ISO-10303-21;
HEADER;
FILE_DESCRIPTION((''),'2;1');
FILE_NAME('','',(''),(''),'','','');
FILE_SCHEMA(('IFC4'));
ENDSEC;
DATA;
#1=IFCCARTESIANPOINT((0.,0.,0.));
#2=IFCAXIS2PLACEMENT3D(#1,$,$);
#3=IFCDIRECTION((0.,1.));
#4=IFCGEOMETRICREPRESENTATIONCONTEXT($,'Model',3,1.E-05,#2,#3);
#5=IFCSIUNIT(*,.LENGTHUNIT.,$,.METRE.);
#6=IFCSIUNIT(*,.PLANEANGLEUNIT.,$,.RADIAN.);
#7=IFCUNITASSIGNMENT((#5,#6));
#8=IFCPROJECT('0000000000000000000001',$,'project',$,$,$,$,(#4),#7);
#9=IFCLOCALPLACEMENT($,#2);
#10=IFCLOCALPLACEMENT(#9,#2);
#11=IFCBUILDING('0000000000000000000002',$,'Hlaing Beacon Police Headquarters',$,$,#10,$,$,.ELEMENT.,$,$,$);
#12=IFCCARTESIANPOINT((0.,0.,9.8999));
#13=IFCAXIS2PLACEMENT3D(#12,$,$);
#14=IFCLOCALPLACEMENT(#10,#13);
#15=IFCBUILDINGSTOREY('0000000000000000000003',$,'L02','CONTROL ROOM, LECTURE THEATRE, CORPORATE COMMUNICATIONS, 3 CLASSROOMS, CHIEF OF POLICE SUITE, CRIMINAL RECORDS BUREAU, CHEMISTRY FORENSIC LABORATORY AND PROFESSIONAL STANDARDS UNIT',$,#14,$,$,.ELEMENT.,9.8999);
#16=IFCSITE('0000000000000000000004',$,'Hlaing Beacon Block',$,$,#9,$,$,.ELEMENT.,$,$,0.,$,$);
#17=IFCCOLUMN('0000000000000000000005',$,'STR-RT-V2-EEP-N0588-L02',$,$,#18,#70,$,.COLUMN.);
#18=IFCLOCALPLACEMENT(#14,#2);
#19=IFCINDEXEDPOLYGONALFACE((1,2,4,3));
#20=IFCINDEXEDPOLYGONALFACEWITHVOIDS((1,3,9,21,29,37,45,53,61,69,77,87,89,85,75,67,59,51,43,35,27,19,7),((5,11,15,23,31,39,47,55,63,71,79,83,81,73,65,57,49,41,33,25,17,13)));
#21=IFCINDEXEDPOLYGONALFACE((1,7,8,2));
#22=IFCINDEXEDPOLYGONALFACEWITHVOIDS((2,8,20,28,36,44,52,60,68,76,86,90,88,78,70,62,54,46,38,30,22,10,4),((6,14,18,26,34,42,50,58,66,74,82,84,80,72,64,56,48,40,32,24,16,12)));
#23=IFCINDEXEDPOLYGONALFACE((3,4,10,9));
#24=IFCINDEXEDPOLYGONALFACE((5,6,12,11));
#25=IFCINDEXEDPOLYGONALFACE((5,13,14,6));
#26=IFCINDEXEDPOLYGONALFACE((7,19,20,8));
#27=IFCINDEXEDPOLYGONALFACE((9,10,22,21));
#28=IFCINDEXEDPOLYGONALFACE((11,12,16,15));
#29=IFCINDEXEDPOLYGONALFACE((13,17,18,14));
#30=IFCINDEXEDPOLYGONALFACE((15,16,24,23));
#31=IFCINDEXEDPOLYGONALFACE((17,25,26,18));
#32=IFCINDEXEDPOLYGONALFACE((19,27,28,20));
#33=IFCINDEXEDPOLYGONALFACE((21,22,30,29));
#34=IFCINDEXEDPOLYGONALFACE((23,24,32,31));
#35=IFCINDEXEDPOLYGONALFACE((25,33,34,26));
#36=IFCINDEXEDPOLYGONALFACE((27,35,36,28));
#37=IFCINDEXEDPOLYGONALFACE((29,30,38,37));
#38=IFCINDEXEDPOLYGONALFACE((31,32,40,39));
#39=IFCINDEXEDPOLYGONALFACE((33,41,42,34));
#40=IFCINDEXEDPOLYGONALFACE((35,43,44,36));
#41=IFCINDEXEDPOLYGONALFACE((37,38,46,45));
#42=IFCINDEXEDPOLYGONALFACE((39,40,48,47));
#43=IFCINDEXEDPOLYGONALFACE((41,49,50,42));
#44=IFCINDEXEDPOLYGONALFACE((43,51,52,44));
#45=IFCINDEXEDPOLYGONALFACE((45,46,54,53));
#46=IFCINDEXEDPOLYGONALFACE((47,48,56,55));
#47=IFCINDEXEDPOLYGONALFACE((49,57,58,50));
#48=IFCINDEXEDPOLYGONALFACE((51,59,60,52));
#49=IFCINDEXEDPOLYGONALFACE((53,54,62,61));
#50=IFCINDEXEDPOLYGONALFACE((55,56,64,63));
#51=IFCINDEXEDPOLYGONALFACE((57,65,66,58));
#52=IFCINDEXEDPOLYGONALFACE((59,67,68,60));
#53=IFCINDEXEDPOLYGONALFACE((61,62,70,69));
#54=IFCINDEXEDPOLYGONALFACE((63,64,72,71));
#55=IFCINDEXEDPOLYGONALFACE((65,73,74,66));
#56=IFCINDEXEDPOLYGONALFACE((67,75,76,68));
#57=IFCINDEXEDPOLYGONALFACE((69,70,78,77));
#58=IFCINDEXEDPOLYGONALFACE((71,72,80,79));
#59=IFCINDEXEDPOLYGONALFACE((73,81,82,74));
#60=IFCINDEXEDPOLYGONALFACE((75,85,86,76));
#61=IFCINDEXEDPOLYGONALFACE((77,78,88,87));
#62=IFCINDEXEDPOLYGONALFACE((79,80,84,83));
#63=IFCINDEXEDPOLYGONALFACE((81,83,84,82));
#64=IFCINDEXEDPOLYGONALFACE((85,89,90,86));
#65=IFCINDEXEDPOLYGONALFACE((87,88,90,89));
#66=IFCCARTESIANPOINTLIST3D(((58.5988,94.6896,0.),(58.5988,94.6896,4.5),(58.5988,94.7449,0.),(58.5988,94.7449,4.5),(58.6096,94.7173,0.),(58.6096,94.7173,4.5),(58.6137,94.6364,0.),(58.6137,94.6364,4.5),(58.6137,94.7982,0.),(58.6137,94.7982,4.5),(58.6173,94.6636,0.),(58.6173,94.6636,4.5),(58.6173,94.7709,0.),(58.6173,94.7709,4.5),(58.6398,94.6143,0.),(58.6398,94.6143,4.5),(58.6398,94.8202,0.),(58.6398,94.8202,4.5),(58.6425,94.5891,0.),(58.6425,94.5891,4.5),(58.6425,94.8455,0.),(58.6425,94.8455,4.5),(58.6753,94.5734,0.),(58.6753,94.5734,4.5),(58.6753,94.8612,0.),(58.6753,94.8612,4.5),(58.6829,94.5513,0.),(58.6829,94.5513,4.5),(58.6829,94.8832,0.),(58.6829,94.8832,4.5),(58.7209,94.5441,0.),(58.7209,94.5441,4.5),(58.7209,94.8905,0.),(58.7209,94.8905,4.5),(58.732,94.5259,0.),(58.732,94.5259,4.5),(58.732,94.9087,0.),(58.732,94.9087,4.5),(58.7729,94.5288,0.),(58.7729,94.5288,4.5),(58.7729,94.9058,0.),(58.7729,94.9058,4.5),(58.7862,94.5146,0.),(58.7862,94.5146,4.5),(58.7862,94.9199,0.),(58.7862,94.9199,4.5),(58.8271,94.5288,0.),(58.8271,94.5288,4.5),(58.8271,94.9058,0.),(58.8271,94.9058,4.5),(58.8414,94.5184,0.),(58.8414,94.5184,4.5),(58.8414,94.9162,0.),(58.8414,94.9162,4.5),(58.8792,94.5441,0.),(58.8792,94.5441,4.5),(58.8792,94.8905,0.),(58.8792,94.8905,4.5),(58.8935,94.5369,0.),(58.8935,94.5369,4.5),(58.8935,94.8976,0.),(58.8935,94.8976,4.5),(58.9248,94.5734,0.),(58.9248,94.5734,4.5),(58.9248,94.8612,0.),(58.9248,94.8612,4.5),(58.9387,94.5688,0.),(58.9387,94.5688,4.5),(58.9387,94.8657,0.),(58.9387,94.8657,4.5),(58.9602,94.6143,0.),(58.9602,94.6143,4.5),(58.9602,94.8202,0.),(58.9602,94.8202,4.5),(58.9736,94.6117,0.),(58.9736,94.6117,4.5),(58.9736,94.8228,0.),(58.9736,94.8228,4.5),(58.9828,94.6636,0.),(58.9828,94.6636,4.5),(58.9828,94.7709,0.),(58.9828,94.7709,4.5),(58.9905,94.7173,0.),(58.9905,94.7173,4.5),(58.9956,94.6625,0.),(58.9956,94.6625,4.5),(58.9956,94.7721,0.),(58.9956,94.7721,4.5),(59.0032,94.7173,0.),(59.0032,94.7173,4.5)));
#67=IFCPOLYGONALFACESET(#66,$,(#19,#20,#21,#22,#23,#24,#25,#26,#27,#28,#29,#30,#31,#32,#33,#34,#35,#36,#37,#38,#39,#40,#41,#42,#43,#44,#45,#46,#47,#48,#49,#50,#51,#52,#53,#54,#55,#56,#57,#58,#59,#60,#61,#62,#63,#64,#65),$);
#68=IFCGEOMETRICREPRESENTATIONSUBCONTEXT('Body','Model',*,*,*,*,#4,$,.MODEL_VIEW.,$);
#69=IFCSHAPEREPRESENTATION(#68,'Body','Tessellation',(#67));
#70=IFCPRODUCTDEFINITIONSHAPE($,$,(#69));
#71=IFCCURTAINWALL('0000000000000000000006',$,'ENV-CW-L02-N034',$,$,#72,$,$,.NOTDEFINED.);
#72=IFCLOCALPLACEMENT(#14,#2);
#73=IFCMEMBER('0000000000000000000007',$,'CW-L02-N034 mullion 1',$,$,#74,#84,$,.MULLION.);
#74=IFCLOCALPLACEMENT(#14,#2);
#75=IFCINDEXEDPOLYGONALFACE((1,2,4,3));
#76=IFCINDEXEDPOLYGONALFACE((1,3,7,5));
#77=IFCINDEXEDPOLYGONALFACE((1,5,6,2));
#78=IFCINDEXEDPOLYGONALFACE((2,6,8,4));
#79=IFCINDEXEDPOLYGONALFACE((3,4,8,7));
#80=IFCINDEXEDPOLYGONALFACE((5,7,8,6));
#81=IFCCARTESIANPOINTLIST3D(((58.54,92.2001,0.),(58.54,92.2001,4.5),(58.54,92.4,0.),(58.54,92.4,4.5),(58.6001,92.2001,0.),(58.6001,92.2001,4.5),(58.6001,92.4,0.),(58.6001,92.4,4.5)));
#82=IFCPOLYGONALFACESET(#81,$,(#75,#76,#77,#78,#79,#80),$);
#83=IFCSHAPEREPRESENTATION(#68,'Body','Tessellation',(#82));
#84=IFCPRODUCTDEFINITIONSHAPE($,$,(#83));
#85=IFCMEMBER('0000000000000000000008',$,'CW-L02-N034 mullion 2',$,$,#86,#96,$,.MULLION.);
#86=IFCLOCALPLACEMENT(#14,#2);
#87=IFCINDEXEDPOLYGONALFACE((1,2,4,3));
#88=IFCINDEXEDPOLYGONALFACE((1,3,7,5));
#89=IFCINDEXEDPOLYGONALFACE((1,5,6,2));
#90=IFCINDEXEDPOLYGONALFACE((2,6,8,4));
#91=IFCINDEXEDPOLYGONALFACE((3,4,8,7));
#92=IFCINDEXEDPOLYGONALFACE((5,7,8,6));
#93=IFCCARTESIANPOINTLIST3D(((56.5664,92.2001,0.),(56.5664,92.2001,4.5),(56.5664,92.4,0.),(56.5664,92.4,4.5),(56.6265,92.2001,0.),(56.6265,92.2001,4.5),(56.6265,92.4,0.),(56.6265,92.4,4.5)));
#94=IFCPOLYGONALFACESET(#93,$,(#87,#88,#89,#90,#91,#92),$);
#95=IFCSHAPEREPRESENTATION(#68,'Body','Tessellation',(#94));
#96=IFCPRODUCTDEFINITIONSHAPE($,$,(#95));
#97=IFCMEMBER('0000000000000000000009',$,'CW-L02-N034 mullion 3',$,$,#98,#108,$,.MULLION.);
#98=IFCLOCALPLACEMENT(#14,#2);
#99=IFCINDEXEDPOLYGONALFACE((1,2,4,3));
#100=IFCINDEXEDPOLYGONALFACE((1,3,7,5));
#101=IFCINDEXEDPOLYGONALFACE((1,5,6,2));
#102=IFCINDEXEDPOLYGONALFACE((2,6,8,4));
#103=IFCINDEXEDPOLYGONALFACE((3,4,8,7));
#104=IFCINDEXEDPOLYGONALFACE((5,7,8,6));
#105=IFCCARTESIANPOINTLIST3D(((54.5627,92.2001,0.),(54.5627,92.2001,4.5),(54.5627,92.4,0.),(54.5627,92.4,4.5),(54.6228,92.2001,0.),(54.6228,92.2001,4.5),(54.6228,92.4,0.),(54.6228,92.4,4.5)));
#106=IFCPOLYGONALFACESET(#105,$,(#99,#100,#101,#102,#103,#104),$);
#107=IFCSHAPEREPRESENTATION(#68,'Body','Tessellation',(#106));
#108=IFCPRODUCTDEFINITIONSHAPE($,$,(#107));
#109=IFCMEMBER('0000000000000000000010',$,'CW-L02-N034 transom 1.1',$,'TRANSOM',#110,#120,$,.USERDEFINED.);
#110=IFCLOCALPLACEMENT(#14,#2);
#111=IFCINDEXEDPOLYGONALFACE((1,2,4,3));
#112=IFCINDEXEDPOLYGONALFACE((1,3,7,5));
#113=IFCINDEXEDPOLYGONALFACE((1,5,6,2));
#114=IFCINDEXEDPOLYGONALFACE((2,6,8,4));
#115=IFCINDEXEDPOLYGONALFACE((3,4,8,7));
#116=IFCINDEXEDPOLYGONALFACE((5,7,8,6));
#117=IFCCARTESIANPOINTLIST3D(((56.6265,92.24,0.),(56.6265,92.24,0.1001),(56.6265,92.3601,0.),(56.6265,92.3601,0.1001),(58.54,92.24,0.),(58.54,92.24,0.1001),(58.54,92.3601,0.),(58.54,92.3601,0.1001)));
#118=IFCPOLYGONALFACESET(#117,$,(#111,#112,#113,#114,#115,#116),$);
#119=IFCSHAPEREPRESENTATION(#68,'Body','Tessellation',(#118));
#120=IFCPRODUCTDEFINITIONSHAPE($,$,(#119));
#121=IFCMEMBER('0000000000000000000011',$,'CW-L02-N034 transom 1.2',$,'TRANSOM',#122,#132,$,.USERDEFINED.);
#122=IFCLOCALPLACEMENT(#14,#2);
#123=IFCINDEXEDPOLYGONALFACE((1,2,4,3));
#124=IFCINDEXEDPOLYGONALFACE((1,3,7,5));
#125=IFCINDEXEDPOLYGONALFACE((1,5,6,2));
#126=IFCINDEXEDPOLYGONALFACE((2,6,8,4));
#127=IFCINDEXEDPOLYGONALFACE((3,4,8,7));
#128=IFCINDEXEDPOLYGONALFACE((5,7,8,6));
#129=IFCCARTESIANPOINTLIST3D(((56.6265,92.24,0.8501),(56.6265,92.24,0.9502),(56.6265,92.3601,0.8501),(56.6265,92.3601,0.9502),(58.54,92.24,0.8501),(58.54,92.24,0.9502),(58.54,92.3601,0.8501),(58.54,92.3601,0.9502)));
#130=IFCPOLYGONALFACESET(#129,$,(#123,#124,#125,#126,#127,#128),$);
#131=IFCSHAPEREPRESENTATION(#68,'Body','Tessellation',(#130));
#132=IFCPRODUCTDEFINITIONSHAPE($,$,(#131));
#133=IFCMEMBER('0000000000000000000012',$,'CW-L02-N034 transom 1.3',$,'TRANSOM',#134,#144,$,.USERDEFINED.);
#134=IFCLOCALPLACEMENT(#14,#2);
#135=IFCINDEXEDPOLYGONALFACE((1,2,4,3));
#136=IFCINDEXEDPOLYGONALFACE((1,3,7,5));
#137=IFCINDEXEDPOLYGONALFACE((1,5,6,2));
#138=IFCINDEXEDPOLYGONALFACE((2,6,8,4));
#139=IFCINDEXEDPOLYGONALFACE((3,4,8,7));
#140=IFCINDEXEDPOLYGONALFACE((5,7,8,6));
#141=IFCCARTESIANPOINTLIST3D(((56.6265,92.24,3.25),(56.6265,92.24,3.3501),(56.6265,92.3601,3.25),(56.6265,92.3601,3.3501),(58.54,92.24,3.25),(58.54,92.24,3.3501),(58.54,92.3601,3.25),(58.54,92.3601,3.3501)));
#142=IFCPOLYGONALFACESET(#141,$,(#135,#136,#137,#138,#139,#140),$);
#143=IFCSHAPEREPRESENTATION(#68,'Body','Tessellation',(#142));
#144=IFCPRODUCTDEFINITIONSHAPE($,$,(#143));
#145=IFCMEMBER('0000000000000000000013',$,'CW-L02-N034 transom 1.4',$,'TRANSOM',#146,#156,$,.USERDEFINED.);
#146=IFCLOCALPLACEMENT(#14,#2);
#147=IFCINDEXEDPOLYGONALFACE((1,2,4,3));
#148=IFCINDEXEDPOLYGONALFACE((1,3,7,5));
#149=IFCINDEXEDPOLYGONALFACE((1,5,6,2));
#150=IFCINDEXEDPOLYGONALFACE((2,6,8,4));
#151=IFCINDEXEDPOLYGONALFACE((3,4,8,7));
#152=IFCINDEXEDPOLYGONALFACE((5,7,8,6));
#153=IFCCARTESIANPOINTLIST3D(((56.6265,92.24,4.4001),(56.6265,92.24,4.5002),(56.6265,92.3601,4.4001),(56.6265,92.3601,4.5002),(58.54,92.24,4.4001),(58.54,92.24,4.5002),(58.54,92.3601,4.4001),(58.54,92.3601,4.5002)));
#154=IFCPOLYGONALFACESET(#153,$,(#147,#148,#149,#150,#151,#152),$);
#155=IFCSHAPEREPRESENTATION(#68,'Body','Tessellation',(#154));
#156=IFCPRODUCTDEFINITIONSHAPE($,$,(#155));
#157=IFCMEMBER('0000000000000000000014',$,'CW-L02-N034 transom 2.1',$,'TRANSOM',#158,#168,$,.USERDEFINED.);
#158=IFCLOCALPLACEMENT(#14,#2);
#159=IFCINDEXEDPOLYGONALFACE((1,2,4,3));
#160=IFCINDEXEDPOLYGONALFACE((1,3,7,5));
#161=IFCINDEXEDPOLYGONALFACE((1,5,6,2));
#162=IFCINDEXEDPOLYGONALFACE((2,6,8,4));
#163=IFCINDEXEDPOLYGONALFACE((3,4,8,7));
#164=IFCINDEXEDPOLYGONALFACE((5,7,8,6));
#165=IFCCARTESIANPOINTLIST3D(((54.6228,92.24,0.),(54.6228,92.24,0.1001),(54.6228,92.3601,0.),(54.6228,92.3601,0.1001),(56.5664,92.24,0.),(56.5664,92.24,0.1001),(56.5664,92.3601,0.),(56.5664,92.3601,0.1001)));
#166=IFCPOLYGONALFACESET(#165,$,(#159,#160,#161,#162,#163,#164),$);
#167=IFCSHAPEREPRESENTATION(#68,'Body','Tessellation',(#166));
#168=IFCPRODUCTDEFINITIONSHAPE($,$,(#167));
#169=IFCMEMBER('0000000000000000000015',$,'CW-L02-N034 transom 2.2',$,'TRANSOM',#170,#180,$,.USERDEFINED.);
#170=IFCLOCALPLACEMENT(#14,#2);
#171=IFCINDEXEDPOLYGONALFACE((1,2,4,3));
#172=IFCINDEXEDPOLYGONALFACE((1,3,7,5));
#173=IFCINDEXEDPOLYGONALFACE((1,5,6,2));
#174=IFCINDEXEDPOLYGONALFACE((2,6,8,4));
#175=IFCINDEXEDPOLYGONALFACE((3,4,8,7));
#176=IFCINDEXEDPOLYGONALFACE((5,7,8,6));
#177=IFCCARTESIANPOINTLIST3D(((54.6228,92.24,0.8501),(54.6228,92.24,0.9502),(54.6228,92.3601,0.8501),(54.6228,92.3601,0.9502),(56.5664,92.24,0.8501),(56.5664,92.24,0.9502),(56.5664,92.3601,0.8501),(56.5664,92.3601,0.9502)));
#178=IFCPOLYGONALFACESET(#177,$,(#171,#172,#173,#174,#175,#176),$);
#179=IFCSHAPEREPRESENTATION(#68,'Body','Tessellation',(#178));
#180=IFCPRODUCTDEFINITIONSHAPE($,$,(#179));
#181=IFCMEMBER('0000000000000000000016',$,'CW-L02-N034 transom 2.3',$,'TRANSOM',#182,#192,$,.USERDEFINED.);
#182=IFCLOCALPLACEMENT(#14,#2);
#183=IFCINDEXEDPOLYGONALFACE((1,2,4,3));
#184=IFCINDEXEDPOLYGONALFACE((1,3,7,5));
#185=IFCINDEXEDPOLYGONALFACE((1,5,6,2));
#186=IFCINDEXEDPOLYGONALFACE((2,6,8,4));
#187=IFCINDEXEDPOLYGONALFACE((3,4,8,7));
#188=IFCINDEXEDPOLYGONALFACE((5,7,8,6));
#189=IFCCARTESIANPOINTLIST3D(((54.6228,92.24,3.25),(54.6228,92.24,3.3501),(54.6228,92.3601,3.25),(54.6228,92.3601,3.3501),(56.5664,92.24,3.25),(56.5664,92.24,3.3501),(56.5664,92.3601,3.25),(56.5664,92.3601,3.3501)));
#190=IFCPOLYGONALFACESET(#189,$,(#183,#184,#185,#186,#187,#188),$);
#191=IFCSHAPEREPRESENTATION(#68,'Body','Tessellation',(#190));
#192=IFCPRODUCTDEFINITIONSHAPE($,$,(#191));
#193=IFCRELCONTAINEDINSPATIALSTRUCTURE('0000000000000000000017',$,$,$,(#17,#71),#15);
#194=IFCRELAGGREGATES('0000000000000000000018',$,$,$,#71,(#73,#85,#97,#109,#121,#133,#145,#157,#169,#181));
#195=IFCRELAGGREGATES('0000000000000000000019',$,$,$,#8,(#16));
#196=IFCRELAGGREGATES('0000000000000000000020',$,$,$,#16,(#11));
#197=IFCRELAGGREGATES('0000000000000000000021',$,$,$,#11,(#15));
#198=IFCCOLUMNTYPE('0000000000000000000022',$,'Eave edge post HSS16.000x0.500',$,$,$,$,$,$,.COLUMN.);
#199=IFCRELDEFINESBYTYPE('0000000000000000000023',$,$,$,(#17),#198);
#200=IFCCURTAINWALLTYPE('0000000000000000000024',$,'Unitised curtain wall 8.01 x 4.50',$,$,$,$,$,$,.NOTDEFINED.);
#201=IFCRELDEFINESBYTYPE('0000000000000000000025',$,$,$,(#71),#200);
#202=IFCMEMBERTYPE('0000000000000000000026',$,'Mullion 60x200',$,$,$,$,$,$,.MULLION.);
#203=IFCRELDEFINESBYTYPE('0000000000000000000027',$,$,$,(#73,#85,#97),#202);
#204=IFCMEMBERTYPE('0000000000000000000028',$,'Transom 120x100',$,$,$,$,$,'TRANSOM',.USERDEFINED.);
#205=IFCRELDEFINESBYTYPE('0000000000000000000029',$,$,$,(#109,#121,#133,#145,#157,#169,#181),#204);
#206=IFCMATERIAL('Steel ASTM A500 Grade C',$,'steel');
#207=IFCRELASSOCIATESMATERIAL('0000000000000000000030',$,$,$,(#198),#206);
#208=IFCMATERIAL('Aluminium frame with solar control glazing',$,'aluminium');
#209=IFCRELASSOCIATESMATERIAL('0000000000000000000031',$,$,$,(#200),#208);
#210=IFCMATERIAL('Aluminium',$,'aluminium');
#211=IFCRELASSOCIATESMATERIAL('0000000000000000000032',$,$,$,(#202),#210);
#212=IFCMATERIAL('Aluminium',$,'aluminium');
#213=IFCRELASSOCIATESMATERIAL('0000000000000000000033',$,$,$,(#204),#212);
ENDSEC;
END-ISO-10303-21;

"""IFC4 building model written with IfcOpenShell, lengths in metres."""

from ifc_helpers import new_model, si_unit, direction, frame, origin, origin_2d, place, context, subcontext, project, spatial, rectangle, hollow_circle, extrude, material, material_profile, profile_set, type_object, element, aggregate, save


model = new_model("IFC4")

# Units and contexts
model_context = context("Model", 3, precision=1e-05, world=origin(), true_north=direction((0.0, 1.0)))
body_context = subcontext(model_context, "Body", "Model", "MODEL_VIEW")
ifc_project = project(units=[si_unit("LENGTHUNIT", "METRE"), si_unit("PLANEANGLEUNIT", "RADIAN")], contexts=[model_context])

# Site, building, storey
site_placement = place(None, origin())
site = spatial("IfcSite", under=ifc_project, at=site_placement, Name="Hlaing Beacon Block", CompositionType="ELEMENT", RefElevation=0.0)
building_placement = place(site_placement, origin())
building = spatial("IfcBuilding", under=site, at=building_placement, Name="Hlaing Beacon Police Headquarters", CompositionType="ELEMENT")
storey_placement = place(building_placement, frame((0.0, 0.0, 9.8999)))
storey = spatial("IfcBuildingStorey", under=building, at=storey_placement, Name="L02", Description="CONTROL ROOM, LECTURE THEATRE, CORPORATE COMMUNICATIONS, 3 CLASSROOMS, CHIEF OF POLICE SUITE, CRIMINAL RECORDS BUREAU, CHEMISTRY FORENSIC LABORATORY AND PROFESSIONAL STANDARDS UNIT", CompositionType="ELEMENT", Elevation=9.8999)

# Column
ifc_material_1 = material(Name="Steel ASTM A500 Grade C", Category="steel")
ifc_material_profile_1 = material_profile(ifc_material_1, hollow_circle(Radius=0.2031, WallThickness=0.0127, at=origin_2d()), Name="HSS16.000x0.500")
ifc_profile_set_1 = profile_set([ifc_material_profile_1], Name="Steel ASTM A500 Grade C")
column_type = type_object("IfcColumnType", Name="Eave edge post HSS16.000x0.500", PredefinedType="COLUMN", material=ifc_profile_set_1)
column_placement = place(storey_placement, frame((58.8, 94.7173, 0.0), z_axis=(0.0, 0.0, 1.0), x_axis=(1.0, 0.0, 0.0)))
element("IfcColumn", 1, at=column_placement, inside=storey, type_object=column_type, Name="STR-RT-V2-EEP-N0588-L02", PredefinedType="COLUMN", context=body_context, shape_type="SweptSolid", body=[
    extrude(hollow_circle(Radius=0.2031, WallThickness=0.0127, at=origin_2d()), origin(), (0.0, 0.0, 1.0), 4.5),
])

# Curtain wall, members
ifc_material_2 = material(Name="Aluminium frame with solar control glazing", Category="aluminium")
curtain_wall_type = type_object("IfcCurtainWallType", Name="Unitised curtain wall 8.01 x 4.50", PredefinedType="NOTDEFINED", material=ifc_material_2)
curtain_wall_placement = place(storey_placement, origin())
curtain_wall = element("IfcCurtainWall", 2, at=curtain_wall_placement, inside=storey, type_object=curtain_wall_type, Name="ENV-CW-L02-N034", PredefinedType="NOTDEFINED")
ifc_material_3 = material(Name="Aluminium", Category="aluminium")
ifc_material_profile_2 = material_profile(ifc_material_3, rectangle(XDim=0.2, YDim=0.0601, at=origin_2d()), Name="Mullion 60x200")
ifc_profile_set_2 = profile_set([ifc_material_profile_2], Name="Aluminium")
member_type_1 = type_object("IfcMemberType", Name="Mullion 60x200", PredefinedType="MULLION", material=ifc_profile_set_2)
member_1_placement = place(storey_placement, frame((58.5701, 92.3, 0.0), z_axis=(0.0, 0.0, 1.0), x_axis=(0.0, -1.0, 0.0)))
member_1 = element("IfcMember", 3, at=member_1_placement, type_object=member_type_1, Name="CW-L02-N034 mullion 1", PredefinedType="MULLION", context=body_context, shape_type="SweptSolid", body=[
    extrude(rectangle(XDim=0.2, YDim=0.0601, at=origin_2d()), origin(), (0.0, 0.0, 1.0), 4.5),
])
member_2_placement = place(storey_placement, frame((56.5964, 92.3, 0.0), z_axis=(0.0, 0.0, 1.0), x_axis=(0.0, -1.0, 0.0)))
member_2 = element("IfcMember", 4, at=member_2_placement, type_object=member_type_1, Name="CW-L02-N034 mullion 2", PredefinedType="MULLION", context=body_context, shape_type="SweptSolid", body=[
    extrude(rectangle(XDim=0.2, YDim=0.0601, at=origin_2d()), origin(), (0.0, 0.0, 1.0), 4.5),
])
member_3_placement = place(storey_placement, frame((54.5928, 92.3, 0.0), z_axis=(0.0, 0.0, 1.0), x_axis=(0.0, -1.0, 0.0)))
member_3 = element("IfcMember", 5, at=member_3_placement, type_object=member_type_1, Name="CW-L02-N034 mullion 3", PredefinedType="MULLION", context=body_context, shape_type="SweptSolid", body=[
    extrude(rectangle(XDim=0.2, YDim=0.0601, at=origin_2d()), origin(), (0.0, 0.0, 1.0), 4.5),
])
ifc_material_4 = material(Name="Aluminium", Category="aluminium")
ifc_material_profile_3 = material_profile(ifc_material_4, rectangle(XDim=0.1201, YDim=0.1001, at=origin_2d()), Name="Transom 120x100")
ifc_profile_set_3 = profile_set([ifc_material_profile_3], Name="Aluminium")
member_type_2 = type_object("IfcMemberType", Name="Transom 120x100", ElementType="TRANSOM", PredefinedType="USERDEFINED", material=ifc_profile_set_3)
member_4_placement = place(storey_placement, frame((58.54, 92.3, 0.05), z_axis=(-1.0, 0.0, 0.0), x_axis=(0.0, -1.0, 0.0)))
member_4 = element("IfcMember", 6, at=member_4_placement, type_object=member_type_2, Name="CW-L02-N034 transom 1.1", ObjectType="TRANSOM", PredefinedType="USERDEFINED", context=body_context, shape_type="SweptSolid", body=[
    extrude(rectangle(XDim=0.1201, YDim=0.1001, at=origin_2d()), origin(), (0.0, 0.0, 1.0), 1.9136),
])
member_5_placement = place(storey_placement, frame((58.54, 92.3, 0.9001), z_axis=(-1.0, 0.0, 0.0), x_axis=(0.0, -1.0, 0.0)))
member_5 = element("IfcMember", 7, at=member_5_placement, type_object=member_type_2, Name="CW-L02-N034 transom 1.2", ObjectType="TRANSOM", PredefinedType="USERDEFINED", context=body_context, shape_type="SweptSolid", body=[
    extrude(rectangle(XDim=0.1201, YDim=0.1001, at=origin_2d()), origin(), (0.0, 0.0, 1.0), 1.9136),
])
member_6_placement = place(storey_placement, frame((58.54, 92.3, 3.3), z_axis=(-1.0, 0.0, 0.0), x_axis=(0.0, -1.0, 0.0)))
member_6 = element("IfcMember", 8, at=member_6_placement, type_object=member_type_2, Name="CW-L02-N034 transom 1.3", ObjectType="TRANSOM", PredefinedType="USERDEFINED", context=body_context, shape_type="SweptSolid", body=[
    extrude(rectangle(XDim=0.1201, YDim=0.1001, at=origin_2d()), origin(), (0.0, 0.0, 1.0), 1.9136),
])
member_7_placement = place(storey_placement, frame((58.54, 92.3, 4.4502), z_axis=(-1.0, 0.0, 0.0), x_axis=(0.0, -1.0, 0.0)))
member_7 = element("IfcMember", 9, at=member_7_placement, type_object=member_type_2, Name="CW-L02-N034 transom 1.4", ObjectType="TRANSOM", PredefinedType="USERDEFINED", context=body_context, shape_type="SweptSolid", body=[
    extrude(rectangle(XDim=0.1201, YDim=0.1001, at=origin_2d()), origin(), (0.0, 0.0, 1.0), 1.9136),
])
member_8_placement = place(storey_placement, frame((56.5664, 92.3, 0.05), z_axis=(-1.0, 0.0, 0.0), x_axis=(0.0, -1.0, 0.0)))
member_8 = element("IfcMember", 10, at=member_8_placement, type_object=member_type_2, Name="CW-L02-N034 transom 2.1", ObjectType="TRANSOM", PredefinedType="USERDEFINED", context=body_context, shape_type="SweptSolid", body=[
    extrude(rectangle(XDim=0.1201, YDim=0.1001, at=origin_2d()), origin(), (0.0, 0.0, 1.0), 1.9436),
])
member_9_placement = place(storey_placement, frame((56.5664, 92.3, 0.9001), z_axis=(-1.0, 0.0, 0.0), x_axis=(0.0, -1.0, 0.0)))
member_9 = element("IfcMember", 11, at=member_9_placement, type_object=member_type_2, Name="CW-L02-N034 transom 2.2", ObjectType="TRANSOM", PredefinedType="USERDEFINED", context=body_context, shape_type="SweptSolid", body=[
    extrude(rectangle(XDim=0.1201, YDim=0.1001, at=origin_2d()), origin(), (0.0, 0.0, 1.0), 1.9436),
])
member_10_placement = place(storey_placement, frame((56.5664, 92.3, 3.3), z_axis=(-1.0, 0.0, 0.0), x_axis=(0.0, -1.0, 0.0)))
member_10 = element("IfcMember", 12, at=member_10_placement, type_object=member_type_2, Name="CW-L02-N034 transom 2.3", ObjectType="TRANSOM", PredefinedType="USERDEFINED", context=body_context, shape_type="SweptSolid", body=[
    extrude(rectangle(XDim=0.1201, YDim=0.1001, at=origin_2d()), origin(), (0.0, 0.0, 1.0), 1.9436),
])
aggregate(curtain_wall, [member_1, member_2, member_3, member_4, member_5, member_6, member_7, member_8, member_9, member_10])

save(model, "model.ifc")
